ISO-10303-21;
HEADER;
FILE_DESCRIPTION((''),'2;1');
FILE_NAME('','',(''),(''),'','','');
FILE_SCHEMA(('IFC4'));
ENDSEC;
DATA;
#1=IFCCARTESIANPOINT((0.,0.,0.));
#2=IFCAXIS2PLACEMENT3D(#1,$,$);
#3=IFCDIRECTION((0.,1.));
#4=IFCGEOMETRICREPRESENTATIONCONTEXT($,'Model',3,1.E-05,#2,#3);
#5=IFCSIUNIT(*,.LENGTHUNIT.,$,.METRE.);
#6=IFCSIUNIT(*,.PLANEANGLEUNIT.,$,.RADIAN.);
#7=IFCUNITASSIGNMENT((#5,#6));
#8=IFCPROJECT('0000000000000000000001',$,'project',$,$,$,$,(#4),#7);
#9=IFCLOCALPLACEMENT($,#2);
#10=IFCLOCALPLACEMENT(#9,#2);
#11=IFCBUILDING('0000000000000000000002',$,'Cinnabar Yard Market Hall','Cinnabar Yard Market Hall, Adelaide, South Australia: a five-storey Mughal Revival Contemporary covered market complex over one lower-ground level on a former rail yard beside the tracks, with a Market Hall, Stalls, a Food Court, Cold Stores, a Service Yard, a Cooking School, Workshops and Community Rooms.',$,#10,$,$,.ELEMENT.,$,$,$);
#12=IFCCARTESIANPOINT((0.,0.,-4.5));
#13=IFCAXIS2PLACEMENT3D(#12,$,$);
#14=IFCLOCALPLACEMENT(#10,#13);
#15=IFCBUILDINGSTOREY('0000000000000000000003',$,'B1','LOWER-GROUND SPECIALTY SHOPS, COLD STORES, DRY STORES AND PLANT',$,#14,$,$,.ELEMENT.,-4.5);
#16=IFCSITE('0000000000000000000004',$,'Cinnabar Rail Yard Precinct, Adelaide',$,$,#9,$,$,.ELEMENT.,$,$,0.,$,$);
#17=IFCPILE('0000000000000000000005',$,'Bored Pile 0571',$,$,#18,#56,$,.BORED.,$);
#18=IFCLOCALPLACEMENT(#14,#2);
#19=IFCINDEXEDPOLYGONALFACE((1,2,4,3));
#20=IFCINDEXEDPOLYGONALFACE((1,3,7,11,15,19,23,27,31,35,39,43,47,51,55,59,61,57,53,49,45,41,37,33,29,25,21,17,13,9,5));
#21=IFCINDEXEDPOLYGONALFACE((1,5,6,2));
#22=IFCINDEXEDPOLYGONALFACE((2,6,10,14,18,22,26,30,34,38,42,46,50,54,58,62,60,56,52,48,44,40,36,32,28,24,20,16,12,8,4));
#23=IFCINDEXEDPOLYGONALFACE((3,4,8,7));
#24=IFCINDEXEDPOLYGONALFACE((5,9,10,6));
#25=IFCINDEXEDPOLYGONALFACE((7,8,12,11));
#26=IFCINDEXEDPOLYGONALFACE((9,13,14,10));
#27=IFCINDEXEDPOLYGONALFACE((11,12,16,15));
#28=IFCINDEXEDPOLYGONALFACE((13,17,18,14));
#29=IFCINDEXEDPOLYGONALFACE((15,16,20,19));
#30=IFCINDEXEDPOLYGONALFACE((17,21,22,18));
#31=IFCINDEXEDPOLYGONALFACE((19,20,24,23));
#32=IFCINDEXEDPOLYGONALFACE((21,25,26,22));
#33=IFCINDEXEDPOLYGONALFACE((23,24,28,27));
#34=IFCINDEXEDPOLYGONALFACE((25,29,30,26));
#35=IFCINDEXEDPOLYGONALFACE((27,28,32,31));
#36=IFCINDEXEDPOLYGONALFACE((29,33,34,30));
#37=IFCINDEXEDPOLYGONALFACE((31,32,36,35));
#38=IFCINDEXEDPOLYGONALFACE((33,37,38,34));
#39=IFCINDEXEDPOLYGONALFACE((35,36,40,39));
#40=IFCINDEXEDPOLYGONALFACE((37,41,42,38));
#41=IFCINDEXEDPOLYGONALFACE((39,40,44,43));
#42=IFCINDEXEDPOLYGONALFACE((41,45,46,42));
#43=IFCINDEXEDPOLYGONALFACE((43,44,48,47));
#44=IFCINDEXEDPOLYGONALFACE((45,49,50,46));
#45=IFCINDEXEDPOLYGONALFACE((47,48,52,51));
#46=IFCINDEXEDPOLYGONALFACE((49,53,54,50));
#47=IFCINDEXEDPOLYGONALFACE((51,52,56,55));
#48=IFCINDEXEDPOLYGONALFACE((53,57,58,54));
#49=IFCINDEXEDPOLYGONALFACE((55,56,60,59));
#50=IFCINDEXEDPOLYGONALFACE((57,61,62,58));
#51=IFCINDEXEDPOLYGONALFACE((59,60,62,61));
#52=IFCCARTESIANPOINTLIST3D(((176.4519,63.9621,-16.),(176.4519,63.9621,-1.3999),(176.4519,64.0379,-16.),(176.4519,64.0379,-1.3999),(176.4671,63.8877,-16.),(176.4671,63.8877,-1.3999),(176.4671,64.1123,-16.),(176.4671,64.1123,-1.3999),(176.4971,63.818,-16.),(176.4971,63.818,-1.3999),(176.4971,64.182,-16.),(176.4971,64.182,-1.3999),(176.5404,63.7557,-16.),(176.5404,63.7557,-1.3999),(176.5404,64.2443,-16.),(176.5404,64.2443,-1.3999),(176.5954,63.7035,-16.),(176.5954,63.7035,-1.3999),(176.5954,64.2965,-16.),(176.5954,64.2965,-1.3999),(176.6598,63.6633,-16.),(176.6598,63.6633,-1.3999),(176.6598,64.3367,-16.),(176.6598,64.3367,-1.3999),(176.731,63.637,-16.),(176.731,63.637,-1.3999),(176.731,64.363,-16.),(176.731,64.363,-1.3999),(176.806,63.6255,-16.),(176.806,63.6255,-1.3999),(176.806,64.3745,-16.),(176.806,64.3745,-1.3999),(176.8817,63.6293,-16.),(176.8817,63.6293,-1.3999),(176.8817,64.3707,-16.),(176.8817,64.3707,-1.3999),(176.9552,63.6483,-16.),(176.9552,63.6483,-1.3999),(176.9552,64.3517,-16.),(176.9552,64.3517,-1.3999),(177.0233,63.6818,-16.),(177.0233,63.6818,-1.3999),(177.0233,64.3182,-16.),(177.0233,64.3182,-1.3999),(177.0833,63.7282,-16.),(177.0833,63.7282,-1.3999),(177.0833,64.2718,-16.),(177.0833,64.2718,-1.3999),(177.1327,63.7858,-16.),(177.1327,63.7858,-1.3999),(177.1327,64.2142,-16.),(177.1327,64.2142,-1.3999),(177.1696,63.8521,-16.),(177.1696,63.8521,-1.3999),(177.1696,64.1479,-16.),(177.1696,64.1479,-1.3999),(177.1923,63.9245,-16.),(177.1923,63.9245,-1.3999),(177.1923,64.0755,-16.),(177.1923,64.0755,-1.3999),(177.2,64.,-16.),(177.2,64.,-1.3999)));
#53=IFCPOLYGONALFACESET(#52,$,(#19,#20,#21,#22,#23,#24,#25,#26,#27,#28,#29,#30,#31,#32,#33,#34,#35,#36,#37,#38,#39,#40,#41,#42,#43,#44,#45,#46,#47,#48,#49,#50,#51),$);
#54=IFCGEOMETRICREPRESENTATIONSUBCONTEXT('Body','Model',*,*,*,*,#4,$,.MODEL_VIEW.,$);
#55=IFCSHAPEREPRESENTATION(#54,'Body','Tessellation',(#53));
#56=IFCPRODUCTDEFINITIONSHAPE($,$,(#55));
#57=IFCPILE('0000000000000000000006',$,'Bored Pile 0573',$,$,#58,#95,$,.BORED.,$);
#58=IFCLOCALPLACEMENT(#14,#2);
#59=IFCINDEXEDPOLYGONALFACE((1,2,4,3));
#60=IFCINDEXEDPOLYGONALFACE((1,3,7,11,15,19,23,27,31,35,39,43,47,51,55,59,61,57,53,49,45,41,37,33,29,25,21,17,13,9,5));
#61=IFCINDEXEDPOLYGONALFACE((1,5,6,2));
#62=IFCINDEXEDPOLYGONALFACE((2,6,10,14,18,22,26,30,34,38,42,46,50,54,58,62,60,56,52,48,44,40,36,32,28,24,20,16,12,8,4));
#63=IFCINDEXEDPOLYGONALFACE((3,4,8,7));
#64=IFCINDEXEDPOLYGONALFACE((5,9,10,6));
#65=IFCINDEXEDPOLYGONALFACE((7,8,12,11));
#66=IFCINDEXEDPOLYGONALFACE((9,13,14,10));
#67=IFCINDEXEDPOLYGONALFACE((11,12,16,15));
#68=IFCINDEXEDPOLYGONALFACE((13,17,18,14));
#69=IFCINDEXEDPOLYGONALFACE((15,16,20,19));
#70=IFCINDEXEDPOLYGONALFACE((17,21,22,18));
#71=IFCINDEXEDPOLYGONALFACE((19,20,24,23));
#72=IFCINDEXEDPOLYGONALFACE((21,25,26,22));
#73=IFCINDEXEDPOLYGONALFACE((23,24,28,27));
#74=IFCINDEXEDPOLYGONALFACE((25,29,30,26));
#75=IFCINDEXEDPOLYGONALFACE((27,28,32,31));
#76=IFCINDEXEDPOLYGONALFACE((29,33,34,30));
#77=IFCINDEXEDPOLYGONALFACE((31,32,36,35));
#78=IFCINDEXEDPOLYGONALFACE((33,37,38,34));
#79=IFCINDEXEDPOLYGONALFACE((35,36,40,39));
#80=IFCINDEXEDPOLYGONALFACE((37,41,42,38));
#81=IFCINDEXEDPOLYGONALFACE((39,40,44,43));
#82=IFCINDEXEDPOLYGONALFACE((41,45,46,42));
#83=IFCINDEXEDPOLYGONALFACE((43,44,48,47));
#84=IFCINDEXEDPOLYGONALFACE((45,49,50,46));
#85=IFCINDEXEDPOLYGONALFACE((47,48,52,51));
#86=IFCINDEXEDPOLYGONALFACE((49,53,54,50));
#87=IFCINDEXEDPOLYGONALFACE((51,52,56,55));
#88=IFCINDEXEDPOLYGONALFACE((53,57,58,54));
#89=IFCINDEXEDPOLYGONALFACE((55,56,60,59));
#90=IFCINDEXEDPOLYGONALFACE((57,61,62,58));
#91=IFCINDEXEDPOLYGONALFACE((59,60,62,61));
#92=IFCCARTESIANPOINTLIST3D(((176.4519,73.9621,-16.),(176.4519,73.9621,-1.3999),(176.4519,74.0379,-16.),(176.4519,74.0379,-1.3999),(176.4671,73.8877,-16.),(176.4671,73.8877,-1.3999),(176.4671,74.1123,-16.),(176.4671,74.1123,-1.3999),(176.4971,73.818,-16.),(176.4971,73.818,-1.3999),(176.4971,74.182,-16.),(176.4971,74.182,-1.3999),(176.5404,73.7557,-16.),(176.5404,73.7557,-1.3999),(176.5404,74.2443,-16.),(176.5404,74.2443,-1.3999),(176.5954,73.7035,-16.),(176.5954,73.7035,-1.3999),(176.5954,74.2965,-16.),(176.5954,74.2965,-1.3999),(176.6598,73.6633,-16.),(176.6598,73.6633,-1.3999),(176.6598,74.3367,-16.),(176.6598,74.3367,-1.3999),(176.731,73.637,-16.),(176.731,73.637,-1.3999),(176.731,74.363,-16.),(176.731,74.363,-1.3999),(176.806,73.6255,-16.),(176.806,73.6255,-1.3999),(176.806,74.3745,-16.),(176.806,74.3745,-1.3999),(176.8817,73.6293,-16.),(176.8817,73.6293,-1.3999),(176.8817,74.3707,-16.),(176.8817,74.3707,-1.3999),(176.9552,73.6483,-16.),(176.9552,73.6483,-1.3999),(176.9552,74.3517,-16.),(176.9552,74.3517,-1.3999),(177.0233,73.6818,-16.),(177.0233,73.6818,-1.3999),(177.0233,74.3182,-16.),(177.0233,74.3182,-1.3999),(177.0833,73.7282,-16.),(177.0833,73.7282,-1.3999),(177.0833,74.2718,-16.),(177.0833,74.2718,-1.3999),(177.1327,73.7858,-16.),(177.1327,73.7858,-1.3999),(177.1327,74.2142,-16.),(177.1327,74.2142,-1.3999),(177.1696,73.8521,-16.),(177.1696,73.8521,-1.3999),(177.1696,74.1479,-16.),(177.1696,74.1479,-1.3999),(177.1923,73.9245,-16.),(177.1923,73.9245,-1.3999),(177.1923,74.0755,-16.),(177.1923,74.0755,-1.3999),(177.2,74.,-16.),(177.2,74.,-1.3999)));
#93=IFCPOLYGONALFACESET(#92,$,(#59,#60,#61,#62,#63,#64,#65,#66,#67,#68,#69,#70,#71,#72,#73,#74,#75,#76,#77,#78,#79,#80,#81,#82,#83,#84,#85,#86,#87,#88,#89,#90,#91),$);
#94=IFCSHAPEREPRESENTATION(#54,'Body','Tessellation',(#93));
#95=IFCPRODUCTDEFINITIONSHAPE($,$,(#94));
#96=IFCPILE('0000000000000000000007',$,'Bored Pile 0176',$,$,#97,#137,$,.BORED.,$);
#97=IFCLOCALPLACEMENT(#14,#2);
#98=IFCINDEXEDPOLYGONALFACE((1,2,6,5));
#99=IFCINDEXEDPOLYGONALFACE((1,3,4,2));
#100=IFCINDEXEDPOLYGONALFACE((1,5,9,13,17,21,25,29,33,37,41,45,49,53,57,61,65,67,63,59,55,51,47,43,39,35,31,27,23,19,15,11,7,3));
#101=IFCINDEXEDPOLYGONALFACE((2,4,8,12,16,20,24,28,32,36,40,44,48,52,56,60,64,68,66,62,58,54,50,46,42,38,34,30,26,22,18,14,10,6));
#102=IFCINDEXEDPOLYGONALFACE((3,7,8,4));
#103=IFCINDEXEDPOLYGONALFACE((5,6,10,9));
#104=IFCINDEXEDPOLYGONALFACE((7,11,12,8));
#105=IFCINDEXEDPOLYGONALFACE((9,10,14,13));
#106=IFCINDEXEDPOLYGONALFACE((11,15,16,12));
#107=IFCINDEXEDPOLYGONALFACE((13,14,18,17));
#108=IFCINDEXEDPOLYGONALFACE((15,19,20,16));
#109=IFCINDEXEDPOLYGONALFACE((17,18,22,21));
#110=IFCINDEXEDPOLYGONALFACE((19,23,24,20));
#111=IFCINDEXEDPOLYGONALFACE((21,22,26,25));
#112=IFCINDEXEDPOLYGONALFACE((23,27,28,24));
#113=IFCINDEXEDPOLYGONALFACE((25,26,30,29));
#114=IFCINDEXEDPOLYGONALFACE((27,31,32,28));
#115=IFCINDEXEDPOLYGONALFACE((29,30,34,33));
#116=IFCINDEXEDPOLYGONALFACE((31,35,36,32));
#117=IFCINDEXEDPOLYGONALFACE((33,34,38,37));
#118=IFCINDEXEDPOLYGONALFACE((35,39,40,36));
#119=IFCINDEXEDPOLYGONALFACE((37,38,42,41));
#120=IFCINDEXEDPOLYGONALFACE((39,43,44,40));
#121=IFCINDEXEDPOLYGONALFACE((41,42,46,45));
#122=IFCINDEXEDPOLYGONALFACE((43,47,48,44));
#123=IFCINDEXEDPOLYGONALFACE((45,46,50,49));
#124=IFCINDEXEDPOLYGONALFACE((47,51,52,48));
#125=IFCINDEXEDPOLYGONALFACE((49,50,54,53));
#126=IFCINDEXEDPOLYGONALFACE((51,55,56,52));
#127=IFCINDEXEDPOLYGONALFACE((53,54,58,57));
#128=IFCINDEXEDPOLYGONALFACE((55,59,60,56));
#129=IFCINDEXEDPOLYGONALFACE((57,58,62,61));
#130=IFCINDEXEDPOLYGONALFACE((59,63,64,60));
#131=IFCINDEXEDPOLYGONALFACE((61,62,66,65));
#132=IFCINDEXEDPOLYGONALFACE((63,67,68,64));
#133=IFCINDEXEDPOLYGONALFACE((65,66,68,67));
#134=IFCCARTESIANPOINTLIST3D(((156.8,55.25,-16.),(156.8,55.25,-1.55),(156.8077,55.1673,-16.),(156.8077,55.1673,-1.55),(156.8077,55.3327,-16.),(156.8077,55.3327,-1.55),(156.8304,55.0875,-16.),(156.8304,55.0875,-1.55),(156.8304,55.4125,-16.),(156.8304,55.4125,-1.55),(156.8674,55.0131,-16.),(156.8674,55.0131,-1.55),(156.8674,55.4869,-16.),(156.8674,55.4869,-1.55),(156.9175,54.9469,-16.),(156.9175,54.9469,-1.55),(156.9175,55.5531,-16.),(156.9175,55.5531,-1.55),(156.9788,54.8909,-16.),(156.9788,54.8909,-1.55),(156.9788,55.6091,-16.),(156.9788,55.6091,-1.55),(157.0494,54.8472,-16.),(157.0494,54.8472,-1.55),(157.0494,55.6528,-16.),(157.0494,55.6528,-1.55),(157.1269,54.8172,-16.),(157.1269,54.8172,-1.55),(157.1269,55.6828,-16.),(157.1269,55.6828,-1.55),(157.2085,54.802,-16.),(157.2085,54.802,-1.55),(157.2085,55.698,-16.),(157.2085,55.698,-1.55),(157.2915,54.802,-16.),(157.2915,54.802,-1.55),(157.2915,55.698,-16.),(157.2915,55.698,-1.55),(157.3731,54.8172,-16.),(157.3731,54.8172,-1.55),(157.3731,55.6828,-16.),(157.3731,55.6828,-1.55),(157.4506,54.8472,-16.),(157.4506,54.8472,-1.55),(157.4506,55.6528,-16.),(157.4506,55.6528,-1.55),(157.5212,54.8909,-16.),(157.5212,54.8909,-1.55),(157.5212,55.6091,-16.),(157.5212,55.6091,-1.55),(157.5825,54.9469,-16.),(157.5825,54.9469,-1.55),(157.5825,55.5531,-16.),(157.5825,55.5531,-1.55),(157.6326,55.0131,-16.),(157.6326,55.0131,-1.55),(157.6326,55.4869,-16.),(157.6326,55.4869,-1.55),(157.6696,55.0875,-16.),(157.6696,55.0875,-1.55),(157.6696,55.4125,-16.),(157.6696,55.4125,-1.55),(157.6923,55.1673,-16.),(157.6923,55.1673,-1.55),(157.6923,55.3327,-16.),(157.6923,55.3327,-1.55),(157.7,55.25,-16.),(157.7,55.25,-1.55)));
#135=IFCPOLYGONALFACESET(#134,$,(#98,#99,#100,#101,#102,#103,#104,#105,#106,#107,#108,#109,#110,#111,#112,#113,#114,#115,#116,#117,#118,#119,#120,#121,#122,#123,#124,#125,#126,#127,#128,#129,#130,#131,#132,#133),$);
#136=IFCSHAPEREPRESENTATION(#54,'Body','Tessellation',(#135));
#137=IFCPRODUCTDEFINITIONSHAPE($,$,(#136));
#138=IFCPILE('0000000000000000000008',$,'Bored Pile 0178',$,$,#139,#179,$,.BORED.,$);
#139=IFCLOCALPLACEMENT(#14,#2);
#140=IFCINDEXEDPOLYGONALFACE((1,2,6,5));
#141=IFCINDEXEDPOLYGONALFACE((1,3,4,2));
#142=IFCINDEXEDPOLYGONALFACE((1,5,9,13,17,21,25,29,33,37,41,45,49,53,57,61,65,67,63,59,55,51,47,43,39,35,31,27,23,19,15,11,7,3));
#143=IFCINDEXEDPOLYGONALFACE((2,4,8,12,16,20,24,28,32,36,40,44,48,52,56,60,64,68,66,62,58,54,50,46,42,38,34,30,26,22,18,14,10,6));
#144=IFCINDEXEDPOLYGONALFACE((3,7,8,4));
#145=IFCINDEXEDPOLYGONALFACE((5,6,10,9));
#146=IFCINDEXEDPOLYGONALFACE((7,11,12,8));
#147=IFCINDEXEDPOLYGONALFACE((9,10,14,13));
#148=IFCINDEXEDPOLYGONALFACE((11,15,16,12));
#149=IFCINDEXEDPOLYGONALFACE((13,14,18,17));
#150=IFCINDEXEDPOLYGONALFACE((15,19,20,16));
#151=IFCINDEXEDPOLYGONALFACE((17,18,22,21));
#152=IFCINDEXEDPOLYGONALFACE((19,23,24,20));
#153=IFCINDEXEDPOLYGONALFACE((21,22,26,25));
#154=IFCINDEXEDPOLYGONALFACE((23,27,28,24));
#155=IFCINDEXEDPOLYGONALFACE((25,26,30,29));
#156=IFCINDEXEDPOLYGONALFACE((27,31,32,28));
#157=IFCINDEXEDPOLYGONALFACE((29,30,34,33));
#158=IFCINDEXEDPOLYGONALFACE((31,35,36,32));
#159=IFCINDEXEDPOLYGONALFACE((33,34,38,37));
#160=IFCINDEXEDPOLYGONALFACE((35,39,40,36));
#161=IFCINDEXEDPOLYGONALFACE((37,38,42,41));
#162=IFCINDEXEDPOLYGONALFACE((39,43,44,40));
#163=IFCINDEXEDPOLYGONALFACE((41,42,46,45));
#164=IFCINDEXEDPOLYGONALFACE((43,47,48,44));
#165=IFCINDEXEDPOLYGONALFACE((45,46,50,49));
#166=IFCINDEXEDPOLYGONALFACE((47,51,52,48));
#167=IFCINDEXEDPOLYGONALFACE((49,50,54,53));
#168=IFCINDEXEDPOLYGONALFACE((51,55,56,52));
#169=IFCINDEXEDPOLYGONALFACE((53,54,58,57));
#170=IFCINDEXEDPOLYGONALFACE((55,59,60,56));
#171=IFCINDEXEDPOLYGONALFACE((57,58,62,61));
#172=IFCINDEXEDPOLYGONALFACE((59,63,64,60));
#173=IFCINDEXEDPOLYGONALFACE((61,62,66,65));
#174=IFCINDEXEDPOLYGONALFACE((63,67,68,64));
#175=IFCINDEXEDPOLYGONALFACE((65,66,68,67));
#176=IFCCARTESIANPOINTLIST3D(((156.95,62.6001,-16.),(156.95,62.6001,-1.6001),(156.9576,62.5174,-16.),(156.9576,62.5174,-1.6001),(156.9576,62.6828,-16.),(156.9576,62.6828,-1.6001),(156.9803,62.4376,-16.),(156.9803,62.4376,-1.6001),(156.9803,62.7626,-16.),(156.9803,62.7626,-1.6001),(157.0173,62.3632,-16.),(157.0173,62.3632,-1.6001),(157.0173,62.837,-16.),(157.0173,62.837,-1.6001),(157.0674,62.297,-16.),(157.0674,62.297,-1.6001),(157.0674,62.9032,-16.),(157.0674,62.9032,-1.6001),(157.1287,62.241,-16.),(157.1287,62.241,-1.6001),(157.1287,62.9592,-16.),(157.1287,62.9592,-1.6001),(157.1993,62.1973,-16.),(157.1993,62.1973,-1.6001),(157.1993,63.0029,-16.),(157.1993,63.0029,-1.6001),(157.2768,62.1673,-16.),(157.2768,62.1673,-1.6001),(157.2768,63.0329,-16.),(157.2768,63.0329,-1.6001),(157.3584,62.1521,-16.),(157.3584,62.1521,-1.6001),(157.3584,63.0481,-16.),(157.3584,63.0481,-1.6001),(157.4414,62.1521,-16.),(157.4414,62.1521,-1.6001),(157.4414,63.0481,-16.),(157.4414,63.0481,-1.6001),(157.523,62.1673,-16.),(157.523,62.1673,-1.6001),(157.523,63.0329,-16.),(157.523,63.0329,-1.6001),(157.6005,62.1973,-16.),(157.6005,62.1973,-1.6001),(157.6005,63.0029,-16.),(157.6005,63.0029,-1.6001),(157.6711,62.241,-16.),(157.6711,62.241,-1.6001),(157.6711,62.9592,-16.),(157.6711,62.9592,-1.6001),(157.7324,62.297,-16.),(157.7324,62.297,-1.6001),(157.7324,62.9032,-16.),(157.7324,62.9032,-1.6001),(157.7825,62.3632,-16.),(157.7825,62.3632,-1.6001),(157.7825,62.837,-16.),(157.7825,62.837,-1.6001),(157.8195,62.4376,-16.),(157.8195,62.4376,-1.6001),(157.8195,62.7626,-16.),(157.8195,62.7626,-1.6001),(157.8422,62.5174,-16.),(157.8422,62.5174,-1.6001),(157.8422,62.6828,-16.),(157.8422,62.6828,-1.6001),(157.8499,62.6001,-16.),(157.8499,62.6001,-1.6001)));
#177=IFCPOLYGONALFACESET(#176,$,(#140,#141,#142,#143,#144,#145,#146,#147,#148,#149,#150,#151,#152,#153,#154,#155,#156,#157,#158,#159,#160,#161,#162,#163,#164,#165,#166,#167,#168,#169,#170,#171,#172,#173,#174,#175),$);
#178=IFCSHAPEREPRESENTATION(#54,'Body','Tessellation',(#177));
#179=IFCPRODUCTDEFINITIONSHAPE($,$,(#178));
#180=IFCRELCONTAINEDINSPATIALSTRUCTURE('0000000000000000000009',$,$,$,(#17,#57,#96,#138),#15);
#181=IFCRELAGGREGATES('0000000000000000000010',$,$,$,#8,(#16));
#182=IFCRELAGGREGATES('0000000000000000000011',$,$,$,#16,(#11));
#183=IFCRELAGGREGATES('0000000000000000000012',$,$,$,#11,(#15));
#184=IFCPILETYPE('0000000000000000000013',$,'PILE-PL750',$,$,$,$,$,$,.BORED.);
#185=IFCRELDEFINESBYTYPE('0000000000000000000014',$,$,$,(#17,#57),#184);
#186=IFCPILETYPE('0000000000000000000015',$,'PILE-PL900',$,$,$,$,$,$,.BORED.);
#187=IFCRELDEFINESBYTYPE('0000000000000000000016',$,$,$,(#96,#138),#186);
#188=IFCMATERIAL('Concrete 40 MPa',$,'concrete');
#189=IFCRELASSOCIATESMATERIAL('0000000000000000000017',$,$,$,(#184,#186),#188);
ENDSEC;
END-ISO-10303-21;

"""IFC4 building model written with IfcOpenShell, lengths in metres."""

from ifc_helpers import new_model, si_unit, direction, frame, origin, origin_2d_with_axis, place, context, subcontext, project, spatial, circle, extrude, material, material_profile, profile_set, type_object, element, save


model = new_model("IFC4")

# Units and contexts
model_context = context("Model", 3, precision=1e-05, world=origin(), true_north=direction((0.0, 1.0)))
body_context = subcontext(model_context, "Body", "Model", "MODEL_VIEW")
ifc_project = project(units=[si_unit("LENGTHUNIT", "METRE"), si_unit("PLANEANGLEUNIT", "RADIAN")], contexts=[model_context])

# Site, building, storey
site_placement = place(None, origin())
site = spatial("IfcSite", under=ifc_project, at=site_placement, Name="Cinnabar Rail Yard Precinct, Adelaide", CompositionType="ELEMENT", RefElevation=0.0)
building_placement = place(site_placement, origin())
building = spatial("IfcBuilding", under=site, at=building_placement, Name="Cinnabar Yard Market Hall", Description="Cinnabar Yard Market Hall, Adelaide, South Australia: a five-storey Mughal Revival Contemporary covered market complex over one lower-ground level on a former rail yard beside the tracks, with a Market Hall, Stalls, a Food Court, Cold Stores, a Service Yard, a Cooking School, Workshops and Community Rooms.", CompositionType="ELEMENT")
storey_placement = place(building_placement, frame((0.0, 0.0, -4.5)))
storey = spatial("IfcBuildingStorey", under=building, at=storey_placement, Name="B1", Description="LOWER-GROUND SPECIALTY SHOPS, COLD STORES, DRY STORES AND PLANT", CompositionType="ELEMENT", Elevation=-4.5)

# Shared definitions
ifc_material_1 = material(Name="Concrete 40 MPa", Category="concrete")

# Piles
ifc_material_profile_1 = material_profile(ifc_material_1, circle(Radius=0.375, at=origin_2d_with_axis()), Name="PILE-D750")
ifc_profile_set_1 = profile_set([ifc_material_profile_1], Name="Concrete 40 MPa")
pile_type_1 = type_object("IfcPileType", Name="PILE-PL750", PredefinedType="BORED", material=ifc_profile_set_1)
for number, where, z_axis, x_axis, name in (
    (1, (176.825, 64.0, -1.3999), (0.0, 0.0, -1.0), (1.0, 0.0, 0.0), "Bored Pile 0571"),
    (2, (176.825, 74.0, -1.3999), (0.0, 0.0, -1.0), (1.0, 0.0, 0.0), "Bored Pile 0573"),
):
    element("IfcPile", number, at=place(storey_placement, frame(where, z_axis=z_axis, x_axis=x_axis)), inside=storey, type_object=pile_type_1, Name=name, PredefinedType="BORED", context=body_context, shape_type="SweptSolid", body=[
        extrude(circle(Radius=0.375, at=origin_2d_with_axis()), origin(), (0.0, 0.0, 1.0), 14.6001),
    ])
ifc_material_profile_2 = material_profile(ifc_material_1, circle(Radius=0.45, at=origin_2d_with_axis()), Name="PILE-D900")
ifc_profile_set_2 = profile_set([ifc_material_profile_2], Name="Concrete 40 MPa")
pile_type_2 = type_object("IfcPileType", Name="PILE-PL900", PredefinedType="BORED", material=ifc_profile_set_2)
pile_1_placement = place(storey_placement, frame((157.25, 55.25, -1.55), z_axis=(0.0, 0.0, -1.0), x_axis=(1.0, 0.0, 0.0)))
element("IfcPile", 3, at=pile_1_placement, inside=storey, type_object=pile_type_2, Name="Bored Pile 0176", PredefinedType="BORED", context=body_context, shape_type="SweptSolid", body=[
    extrude(circle(Radius=0.45, at=origin_2d_with_axis()), origin(), (0.0, 0.0, 1.0), 14.45),
])
for number, where, z_axis, x_axis, name in (
    (4, (157.3999, 62.6001, -1.6001), (0.0, 0.0, -1.0), (1.0, 0.0, 0.0), "Bored Pile 0178"),
):
    element("IfcPile", number, at=place(storey_placement, frame(where, z_axis=z_axis, x_axis=x_axis)), inside=storey, type_object=pile_type_2, Name=name, PredefinedType="BORED", context=body_context, shape_type="SweptSolid", body=[
        extrude(circle(Radius=0.45, at=origin_2d_with_axis()), origin(), (0.0, 0.0, 1.0), 14.3999),
    ])

save(model, "model.ifc")
